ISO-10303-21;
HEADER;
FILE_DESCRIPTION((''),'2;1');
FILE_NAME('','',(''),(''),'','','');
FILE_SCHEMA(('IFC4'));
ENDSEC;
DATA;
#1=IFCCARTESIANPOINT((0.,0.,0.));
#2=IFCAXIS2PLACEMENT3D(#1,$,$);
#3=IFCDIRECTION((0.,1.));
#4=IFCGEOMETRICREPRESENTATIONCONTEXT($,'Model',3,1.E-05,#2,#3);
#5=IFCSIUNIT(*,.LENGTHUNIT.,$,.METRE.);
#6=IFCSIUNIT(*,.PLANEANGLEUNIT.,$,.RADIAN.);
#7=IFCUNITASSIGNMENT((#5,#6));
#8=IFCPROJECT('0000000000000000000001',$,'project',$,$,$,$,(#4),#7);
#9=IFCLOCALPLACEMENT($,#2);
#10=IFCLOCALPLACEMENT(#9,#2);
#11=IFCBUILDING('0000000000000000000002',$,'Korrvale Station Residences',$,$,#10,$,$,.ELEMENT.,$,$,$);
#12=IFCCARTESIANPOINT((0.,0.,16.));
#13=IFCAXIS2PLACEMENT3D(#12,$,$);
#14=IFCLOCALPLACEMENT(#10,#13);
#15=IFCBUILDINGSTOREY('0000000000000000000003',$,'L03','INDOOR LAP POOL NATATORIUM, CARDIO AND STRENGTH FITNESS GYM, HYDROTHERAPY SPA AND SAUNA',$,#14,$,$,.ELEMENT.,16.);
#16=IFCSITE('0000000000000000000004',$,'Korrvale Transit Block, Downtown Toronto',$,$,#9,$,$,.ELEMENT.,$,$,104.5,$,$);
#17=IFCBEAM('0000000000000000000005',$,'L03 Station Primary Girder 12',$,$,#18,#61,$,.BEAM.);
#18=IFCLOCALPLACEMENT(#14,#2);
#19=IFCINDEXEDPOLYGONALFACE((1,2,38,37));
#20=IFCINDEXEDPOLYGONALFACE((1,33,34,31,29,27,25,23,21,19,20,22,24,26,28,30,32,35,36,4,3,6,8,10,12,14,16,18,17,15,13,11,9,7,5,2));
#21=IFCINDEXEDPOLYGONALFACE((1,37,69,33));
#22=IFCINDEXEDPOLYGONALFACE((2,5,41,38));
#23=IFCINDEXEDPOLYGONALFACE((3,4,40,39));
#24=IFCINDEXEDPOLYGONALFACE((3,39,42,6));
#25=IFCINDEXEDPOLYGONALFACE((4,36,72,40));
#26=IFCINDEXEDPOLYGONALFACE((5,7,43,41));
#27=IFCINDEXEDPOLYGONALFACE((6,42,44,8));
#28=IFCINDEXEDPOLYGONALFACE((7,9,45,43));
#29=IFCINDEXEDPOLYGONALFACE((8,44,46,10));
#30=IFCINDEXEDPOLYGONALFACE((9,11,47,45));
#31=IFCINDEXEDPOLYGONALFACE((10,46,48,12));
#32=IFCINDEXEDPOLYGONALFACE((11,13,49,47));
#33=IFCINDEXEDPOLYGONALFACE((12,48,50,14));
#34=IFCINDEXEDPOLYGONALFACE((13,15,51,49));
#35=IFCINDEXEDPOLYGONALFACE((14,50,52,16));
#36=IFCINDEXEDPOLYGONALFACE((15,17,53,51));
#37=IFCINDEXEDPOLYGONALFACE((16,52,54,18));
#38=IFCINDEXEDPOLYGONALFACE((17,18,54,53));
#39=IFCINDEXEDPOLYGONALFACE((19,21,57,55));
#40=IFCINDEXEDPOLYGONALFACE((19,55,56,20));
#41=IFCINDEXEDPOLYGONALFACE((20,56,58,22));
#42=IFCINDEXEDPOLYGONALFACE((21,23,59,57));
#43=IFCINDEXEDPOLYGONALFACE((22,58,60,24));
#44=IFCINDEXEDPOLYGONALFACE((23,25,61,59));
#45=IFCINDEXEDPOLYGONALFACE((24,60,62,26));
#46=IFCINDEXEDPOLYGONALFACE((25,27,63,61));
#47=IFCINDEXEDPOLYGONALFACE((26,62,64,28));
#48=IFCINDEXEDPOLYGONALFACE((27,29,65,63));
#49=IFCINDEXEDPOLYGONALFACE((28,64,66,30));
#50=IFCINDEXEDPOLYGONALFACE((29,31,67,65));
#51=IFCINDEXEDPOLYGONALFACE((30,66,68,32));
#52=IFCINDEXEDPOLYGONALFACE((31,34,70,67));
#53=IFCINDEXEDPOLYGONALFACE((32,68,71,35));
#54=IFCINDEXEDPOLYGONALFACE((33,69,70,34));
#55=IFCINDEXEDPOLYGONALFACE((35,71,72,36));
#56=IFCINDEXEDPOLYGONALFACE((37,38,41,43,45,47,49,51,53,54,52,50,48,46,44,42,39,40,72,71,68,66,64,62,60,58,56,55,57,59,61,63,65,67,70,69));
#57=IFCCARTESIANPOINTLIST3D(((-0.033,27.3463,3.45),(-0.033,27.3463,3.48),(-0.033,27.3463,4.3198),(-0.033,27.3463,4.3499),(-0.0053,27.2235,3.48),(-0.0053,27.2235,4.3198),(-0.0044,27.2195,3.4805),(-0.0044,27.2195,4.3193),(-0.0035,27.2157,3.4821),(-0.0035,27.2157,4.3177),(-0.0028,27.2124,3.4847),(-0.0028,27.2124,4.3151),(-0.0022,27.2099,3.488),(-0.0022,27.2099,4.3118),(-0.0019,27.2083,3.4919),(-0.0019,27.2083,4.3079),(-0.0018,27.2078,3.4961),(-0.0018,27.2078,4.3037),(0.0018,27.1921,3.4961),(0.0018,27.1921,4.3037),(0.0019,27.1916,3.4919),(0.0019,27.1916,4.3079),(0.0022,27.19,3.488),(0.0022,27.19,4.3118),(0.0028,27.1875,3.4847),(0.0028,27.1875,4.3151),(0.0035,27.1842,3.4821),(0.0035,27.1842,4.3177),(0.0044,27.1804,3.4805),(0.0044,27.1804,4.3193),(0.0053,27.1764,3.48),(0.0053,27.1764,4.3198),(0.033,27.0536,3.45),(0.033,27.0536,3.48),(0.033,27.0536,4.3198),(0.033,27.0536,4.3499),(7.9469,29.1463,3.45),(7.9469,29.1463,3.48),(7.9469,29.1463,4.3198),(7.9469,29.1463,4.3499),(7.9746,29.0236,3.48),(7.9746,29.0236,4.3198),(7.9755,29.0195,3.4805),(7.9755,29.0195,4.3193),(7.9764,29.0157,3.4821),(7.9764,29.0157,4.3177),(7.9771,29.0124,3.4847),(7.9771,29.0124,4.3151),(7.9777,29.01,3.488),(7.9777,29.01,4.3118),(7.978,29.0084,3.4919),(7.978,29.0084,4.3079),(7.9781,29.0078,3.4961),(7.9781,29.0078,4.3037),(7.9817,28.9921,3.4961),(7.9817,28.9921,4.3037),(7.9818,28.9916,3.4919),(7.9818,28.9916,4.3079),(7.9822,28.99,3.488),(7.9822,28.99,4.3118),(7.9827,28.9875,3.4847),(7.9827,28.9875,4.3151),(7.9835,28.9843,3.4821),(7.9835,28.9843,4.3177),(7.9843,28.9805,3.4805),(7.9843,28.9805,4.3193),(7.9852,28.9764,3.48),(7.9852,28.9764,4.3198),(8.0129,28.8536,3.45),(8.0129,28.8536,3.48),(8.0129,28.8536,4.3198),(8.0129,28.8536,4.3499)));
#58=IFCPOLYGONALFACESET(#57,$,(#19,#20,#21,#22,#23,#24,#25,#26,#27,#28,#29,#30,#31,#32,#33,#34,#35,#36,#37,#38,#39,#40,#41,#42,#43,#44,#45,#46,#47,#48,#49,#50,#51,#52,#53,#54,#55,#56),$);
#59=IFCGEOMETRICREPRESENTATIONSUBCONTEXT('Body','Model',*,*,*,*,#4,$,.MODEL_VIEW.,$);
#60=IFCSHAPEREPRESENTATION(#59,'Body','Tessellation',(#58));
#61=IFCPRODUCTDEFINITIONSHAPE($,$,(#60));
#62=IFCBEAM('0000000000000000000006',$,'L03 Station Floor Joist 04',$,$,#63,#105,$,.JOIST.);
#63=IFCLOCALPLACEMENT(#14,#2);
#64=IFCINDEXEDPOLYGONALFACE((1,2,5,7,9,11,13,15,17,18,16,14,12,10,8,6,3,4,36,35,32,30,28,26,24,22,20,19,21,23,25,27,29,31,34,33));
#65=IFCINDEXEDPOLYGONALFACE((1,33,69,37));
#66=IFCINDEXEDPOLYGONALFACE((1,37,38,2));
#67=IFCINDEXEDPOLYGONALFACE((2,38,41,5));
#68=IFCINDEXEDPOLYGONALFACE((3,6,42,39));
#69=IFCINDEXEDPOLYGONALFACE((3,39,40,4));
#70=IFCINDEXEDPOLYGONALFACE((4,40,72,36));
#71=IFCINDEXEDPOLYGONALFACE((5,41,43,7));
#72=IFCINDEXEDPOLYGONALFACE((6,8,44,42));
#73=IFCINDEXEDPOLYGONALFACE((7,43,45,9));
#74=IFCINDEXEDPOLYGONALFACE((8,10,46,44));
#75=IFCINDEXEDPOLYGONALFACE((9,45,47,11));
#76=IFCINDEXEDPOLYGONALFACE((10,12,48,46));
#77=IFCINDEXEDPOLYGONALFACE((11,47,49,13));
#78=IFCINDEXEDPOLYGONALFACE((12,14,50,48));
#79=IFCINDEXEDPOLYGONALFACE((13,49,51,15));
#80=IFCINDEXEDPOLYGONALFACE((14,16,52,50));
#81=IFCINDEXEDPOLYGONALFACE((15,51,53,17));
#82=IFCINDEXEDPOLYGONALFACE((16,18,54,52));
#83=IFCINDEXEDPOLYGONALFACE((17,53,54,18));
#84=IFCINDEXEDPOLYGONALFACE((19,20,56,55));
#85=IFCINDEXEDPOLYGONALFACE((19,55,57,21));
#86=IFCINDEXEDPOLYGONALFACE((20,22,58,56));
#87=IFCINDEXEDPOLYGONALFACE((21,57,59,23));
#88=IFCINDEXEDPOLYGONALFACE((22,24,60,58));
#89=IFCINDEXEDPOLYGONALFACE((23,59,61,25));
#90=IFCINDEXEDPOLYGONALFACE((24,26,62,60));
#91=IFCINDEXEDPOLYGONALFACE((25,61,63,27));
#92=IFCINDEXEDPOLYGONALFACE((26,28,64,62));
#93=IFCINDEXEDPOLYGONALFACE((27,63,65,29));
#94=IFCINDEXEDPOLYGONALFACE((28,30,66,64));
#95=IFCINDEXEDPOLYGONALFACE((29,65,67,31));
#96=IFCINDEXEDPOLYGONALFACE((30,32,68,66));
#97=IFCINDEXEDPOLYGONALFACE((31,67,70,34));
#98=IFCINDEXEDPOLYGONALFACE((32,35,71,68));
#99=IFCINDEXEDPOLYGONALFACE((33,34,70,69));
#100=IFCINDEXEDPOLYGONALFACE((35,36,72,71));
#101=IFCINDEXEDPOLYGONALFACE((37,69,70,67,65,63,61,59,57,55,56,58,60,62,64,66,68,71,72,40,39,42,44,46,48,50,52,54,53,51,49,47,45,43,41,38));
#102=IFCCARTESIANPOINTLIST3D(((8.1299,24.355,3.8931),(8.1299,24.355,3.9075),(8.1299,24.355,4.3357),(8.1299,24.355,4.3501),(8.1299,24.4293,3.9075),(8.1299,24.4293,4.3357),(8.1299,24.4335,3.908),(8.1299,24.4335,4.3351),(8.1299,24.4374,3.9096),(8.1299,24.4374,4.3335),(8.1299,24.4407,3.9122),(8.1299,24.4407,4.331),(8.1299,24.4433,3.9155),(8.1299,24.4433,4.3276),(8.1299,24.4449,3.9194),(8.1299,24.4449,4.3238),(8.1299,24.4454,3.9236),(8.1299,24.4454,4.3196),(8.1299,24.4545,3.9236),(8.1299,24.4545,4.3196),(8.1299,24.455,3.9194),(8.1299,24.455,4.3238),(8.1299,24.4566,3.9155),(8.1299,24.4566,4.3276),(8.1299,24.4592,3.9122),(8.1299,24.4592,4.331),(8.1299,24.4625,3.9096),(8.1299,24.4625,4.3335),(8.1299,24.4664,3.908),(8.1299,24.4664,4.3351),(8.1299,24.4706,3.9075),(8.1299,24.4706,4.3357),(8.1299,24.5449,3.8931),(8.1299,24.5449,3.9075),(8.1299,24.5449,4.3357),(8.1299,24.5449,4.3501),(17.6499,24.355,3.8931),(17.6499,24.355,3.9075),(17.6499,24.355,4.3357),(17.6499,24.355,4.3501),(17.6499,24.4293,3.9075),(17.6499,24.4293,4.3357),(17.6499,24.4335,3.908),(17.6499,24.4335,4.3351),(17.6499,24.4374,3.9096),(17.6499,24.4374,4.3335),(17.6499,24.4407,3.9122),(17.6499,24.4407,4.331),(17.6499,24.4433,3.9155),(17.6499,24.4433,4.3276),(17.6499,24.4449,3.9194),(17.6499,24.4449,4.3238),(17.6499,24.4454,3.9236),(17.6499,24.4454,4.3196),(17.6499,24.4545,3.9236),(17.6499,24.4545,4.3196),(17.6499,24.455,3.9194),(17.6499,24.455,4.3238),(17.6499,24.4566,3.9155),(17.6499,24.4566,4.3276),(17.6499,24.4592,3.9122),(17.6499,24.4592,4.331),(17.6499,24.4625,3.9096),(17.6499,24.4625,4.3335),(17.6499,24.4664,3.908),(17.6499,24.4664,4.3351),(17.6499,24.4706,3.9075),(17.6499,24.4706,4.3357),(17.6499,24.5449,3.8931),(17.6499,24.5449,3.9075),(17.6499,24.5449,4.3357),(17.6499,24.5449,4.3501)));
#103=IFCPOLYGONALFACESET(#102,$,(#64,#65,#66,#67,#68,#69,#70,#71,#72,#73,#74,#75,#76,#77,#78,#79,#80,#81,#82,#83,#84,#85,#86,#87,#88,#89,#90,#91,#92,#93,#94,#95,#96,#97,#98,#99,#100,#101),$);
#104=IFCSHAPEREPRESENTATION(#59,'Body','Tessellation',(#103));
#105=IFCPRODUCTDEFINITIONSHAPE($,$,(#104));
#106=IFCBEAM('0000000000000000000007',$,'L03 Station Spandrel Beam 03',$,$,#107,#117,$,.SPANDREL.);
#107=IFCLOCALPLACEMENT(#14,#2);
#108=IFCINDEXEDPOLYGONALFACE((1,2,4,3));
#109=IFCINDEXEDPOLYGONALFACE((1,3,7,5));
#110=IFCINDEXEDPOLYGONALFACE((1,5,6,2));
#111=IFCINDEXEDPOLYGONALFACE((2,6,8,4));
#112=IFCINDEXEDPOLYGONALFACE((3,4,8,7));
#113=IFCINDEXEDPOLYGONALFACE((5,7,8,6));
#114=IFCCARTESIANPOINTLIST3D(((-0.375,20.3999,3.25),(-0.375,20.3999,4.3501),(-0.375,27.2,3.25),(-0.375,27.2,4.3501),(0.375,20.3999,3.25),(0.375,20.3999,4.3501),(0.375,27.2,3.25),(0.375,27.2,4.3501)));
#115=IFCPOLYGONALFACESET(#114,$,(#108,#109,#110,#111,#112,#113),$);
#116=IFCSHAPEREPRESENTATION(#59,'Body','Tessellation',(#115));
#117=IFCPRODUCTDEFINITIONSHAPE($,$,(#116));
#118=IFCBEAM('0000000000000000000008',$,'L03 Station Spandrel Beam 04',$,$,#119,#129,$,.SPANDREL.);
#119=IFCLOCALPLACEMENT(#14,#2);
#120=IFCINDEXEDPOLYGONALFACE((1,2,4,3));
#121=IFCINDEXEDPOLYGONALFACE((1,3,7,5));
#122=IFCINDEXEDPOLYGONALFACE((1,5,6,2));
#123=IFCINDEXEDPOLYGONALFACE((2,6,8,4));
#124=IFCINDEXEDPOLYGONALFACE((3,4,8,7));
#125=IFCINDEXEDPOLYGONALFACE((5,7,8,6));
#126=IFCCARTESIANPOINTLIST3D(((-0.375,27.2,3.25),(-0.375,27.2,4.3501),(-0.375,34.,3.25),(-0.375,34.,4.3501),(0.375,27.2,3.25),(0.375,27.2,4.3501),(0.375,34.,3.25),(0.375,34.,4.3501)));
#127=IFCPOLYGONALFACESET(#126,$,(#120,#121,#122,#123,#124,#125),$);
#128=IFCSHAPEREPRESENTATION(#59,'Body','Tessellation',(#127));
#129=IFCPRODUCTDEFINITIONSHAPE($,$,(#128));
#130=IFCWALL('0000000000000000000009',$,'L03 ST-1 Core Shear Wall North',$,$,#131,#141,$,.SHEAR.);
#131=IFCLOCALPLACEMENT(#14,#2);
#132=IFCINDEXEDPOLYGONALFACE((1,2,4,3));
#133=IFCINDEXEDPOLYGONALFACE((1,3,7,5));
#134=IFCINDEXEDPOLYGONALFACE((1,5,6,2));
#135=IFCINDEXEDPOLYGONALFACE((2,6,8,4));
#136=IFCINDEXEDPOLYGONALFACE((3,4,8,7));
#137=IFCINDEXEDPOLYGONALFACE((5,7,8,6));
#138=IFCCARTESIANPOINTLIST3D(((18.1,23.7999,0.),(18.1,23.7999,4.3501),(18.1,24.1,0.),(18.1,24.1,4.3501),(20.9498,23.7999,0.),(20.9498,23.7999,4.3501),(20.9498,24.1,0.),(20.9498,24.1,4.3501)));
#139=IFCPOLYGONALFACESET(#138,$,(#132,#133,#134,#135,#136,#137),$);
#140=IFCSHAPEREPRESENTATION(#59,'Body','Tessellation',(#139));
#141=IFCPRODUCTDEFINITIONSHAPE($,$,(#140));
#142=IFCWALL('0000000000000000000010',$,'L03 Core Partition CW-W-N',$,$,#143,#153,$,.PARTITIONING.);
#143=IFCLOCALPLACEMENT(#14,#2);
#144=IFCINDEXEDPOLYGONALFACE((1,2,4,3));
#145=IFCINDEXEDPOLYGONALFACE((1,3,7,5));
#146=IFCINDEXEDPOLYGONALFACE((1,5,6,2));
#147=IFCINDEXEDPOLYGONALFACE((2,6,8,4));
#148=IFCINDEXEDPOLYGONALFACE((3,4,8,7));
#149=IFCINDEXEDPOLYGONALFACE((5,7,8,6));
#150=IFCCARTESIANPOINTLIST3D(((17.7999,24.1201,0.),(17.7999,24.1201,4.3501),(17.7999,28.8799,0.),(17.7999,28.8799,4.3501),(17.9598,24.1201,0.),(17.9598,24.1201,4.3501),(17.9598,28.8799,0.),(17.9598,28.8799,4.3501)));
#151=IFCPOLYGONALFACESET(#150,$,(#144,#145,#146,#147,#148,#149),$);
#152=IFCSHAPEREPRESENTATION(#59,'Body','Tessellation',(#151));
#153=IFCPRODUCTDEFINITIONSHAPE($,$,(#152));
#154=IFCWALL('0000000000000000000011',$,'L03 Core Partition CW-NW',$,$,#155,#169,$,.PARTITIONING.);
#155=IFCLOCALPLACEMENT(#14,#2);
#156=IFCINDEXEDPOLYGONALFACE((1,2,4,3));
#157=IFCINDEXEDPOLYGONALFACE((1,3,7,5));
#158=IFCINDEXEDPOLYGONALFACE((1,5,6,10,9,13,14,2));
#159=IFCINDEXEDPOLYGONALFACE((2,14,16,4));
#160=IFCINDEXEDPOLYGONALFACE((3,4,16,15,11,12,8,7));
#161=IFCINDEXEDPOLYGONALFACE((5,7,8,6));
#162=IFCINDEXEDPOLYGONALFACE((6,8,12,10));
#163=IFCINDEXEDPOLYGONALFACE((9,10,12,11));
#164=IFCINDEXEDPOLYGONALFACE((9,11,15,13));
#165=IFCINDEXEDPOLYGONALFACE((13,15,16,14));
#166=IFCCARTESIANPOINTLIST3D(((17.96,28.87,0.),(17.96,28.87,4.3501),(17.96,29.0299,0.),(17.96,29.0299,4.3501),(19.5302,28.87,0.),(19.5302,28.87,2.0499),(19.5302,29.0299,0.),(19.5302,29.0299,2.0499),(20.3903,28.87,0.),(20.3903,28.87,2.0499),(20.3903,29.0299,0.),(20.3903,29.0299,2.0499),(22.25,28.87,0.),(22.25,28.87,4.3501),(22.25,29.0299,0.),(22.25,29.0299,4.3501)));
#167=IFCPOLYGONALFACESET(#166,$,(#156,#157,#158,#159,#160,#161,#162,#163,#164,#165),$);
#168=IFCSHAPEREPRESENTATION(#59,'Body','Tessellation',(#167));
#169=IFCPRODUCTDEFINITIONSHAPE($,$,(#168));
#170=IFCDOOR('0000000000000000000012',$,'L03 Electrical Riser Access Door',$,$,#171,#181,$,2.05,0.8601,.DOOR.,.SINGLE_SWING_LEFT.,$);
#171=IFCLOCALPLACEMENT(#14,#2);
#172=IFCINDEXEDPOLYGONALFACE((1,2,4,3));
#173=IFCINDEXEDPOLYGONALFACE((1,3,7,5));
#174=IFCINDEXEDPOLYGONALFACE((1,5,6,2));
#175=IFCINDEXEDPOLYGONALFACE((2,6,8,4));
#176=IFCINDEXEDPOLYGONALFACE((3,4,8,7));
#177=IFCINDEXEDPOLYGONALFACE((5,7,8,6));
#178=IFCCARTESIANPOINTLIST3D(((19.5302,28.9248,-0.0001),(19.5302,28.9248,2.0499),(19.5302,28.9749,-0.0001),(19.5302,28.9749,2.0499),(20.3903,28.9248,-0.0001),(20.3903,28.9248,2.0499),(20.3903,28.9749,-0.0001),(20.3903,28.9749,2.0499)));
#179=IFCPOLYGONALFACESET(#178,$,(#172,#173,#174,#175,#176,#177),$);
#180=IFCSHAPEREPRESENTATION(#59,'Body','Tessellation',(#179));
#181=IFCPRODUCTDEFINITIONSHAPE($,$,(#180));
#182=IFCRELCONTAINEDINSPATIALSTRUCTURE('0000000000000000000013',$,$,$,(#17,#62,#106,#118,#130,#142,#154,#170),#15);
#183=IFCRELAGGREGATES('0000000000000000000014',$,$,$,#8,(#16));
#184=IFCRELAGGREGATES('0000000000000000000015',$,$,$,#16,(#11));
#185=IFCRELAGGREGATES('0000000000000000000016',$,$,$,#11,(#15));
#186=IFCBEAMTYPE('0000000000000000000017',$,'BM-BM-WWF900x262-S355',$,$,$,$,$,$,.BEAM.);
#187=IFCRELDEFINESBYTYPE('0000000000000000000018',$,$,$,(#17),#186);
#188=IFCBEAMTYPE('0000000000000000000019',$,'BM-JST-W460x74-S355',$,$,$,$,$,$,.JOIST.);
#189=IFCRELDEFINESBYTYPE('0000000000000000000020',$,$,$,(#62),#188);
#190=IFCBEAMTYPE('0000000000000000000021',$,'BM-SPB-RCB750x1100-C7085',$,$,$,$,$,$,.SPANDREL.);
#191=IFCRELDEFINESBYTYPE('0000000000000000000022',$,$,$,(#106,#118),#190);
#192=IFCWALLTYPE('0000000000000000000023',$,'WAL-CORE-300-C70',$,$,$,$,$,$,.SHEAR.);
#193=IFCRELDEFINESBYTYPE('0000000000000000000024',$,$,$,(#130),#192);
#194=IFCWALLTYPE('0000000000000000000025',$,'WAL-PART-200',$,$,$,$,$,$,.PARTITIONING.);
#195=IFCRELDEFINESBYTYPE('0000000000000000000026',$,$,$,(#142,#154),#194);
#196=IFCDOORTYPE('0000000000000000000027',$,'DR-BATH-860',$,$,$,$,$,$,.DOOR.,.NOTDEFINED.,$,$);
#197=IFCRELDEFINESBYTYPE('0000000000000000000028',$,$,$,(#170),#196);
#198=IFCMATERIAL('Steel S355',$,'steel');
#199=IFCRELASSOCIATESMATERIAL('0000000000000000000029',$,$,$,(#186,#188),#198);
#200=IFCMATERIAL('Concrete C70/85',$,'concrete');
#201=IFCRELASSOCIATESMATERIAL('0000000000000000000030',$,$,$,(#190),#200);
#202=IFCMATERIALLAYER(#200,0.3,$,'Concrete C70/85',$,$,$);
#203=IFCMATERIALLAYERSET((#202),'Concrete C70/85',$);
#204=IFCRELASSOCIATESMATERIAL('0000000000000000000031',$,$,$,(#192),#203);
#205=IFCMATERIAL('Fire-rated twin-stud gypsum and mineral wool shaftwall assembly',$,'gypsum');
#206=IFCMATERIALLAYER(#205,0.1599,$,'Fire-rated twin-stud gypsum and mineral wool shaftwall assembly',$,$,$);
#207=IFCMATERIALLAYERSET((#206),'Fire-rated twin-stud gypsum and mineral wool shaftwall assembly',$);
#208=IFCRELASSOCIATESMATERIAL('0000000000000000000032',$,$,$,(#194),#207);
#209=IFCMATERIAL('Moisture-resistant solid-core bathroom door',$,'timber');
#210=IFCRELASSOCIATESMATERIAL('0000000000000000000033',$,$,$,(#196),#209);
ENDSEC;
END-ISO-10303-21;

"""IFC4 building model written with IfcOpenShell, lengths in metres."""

from ifc_helpers import new_model, si_unit, direction, frame, frame_2d, origin, origin_2d, place, context, subcontext, project, spatial, rectangle, i_section, extrude, material, layer, layer_set, material_profile, profile_set, type_object, element, fill, save


model = new_model("IFC4")

# Units and contexts
model_context = context("Model", 3, precision=1e-05, world=origin(), true_north=direction((0.0, 1.0)))
body_context = subcontext(model_context, "Body", "Model", "MODEL_VIEW")
ifc_project = project(units=[si_unit("LENGTHUNIT", "METRE"), si_unit("PLANEANGLEUNIT", "RADIAN")], contexts=[model_context])

# Site, building, storey
site_placement = place(None, origin())
site = spatial("IfcSite", under=ifc_project, at=site_placement, Name="Korrvale Transit Block, Downtown Toronto", CompositionType="ELEMENT", RefElevation=104.5)
building_placement = place(site_placement, origin())
building = spatial("IfcBuilding", under=site, at=building_placement, Name="Korrvale Station Residences", CompositionType="ELEMENT")
storey_placement = place(building_placement, frame((0.0, 0.0, 16.0)))
storey = spatial("IfcBuildingStorey", under=building, at=storey_placement, Name="L03", Description="INDOOR LAP POOL NATATORIUM, CARDIO AND STRENGTH FITNESS GYM, HYDROTHERAPY SPA AND SAUNA", CompositionType="ELEMENT", Elevation=16.0)

# Shared definitions
ifc_material_1 = material(Name="Concrete C70/85", Category="concrete")

# Beams
ifc_material_2 = material(Name="Steel S355", Category="steel")
ifc_material_profile_1 = material_profile(ifc_material_2, i_section(OverallWidth=0.3, OverallDepth=0.8999, WebThickness=0.0161, FlangeThickness=0.03, FilletRadius=0.0161, at=origin_2d()), Name="WWF900x262")
ifc_profile_set_1 = profile_set([ifc_material_profile_1], Name="Steel S355")
beam_type_1 = type_object("IfcBeamType", Name="BM-BM-WWF900x262-S355", PredefinedType="BEAM", material=ifc_profile_set_1)
beam_1_placement = place(storey_placement, frame((0.0, 27.2, 3.8999), z_axis=(0.97549, 0.220042, 0.0), x_axis=(-0.220042, 0.97549, 0.0)))
element("IfcBeam", 1, at=beam_1_placement, inside=storey, type_object=beam_type_1, Name="L03 Station Primary Girder 12", PredefinedType="BEAM", context=body_context, shape_type="SweptSolid", body=[
    extrude(i_section(OverallWidth=0.3, OverallDepth=0.8999, WebThickness=0.0161, FlangeThickness=0.03, FilletRadius=0.0161, at=origin_2d()), origin(), (0.0, 0.0, 1.0), 8.1804),
])
ifc_material_profile_2 = material_profile(ifc_material_2, i_section(OverallWidth=0.1899, OverallDepth=0.457, WebThickness=0.009, FlangeThickness=0.0144, FilletRadius=0.0161, at=origin_2d()), Name="W460x74")
ifc_profile_set_2 = profile_set([ifc_material_profile_2], Name="Steel S355")
beam_type_2 = type_object("IfcBeamType", Name="BM-JST-W460x74-S355", PredefinedType="JOIST", material=ifc_profile_set_2)
beam_2_placement = place(storey_placement, frame((8.1299, 24.45, 4.1216), z_axis=(1.0, 0.0, 0.0), x_axis=(0.0, 1.0, 0.0)))
element("IfcBeam", 2, at=beam_2_placement, inside=storey, type_object=beam_type_2, Name="L03 Station Floor Joist 04", PredefinedType="JOIST", context=body_context, shape_type="SweptSolid", body=[
    extrude(i_section(OverallWidth=0.1899, OverallDepth=0.457, WebThickness=0.009, FlangeThickness=0.0144, FilletRadius=0.0161, at=origin_2d()), origin(), (0.0, 0.0, 1.0), 9.52),
])
ifc_material_profile_3 = material_profile(ifc_material_1, rectangle(XDim=0.75, YDim=1.1001, at=origin_2d()), Name="RCB750x1100")
ifc_profile_set_3 = profile_set([ifc_material_profile_3], Name="Concrete C70/85")
beam_type_3 = type_object("IfcBeamType", Name="BM-SPB-RCB750x1100-C7085", PredefinedType="SPANDREL", material=ifc_profile_set_3)
for number, where, z_axis, x_axis, name in (
    (3, (0.0, 20.3999, 3.8), (0.0, 1.0, 0.0), (-1.0, 0.0, 0.0), "L03 Station Spandrel Beam 03"),
    (4, (0.0, 27.2, 3.8), (0.0, 1.0, 0.0), (-1.0, 0.0, 0.0), "L03 Station Spandrel Beam 04"),
):
    element("IfcBeam", number, at=place(storey_placement, frame(where, z_axis=z_axis, x_axis=x_axis)), inside=storey, type_object=beam_type_3, Name=name, PredefinedType="SPANDREL", context=body_context, shape_type="SweptSolid", body=[
        extrude(rectangle(XDim=0.75, YDim=1.1001, at=origin_2d()), origin(), (0.0, 0.0, 1.0), 6.8),
    ])

# Walls
ifc_layer_1 = layer(ifc_material_1, 0.3, Name="Concrete C70/85")
ifc_layer_set_1 = layer_set([ifc_layer_1], Name="Concrete C70/85")
wall_type_1 = type_object("IfcWallType", Name="WAL-CORE-300-C70", PredefinedType="SHEAR", material=ifc_layer_set_1)
wall_1_placement = place(storey_placement, frame((18.1001, 23.95, 0.0), z_axis=(0.0, 0.0, 1.0), x_axis=(1.0, 0.0, 0.0)))
element("IfcWall", 5, at=wall_1_placement, inside=storey, type_object=wall_type_1, Name="L03 ST-1 Core Shear Wall North", PredefinedType="SHEAR", context=body_context, shape_type="SweptSolid", body=[
    extrude(rectangle(XDim=2.8499, YDim=0.3, at=frame_2d((1.4248, 0.0))), origin(), (0.0, 0.0, 1.0), 4.3501),
])
ifc_material_3 = material(Name="Fire-rated twin-stud gypsum and mineral wool shaftwall assembly", Category="gypsum")
ifc_layer_2 = layer(ifc_material_3, 0.1599, Name="Fire-rated twin-stud gypsum and mineral wool shaftwall assembly")
ifc_layer_set_2 = layer_set([ifc_layer_2], Name="Fire-rated twin-stud gypsum and mineral wool shaftwall assembly")
wall_type_2 = type_object("IfcWallType", Name="WAL-PART-200", PredefinedType="PARTITIONING", material=ifc_layer_set_2)
wall_2_placement = place(storey_placement, frame((17.8799, 24.1201, 0.0), z_axis=(0.0, 0.0, 1.0), x_axis=(0.0, 1.0, 0.0)))
element("IfcWall", 6, at=wall_2_placement, inside=storey, type_object=wall_type_2, Name="L03 Core Partition CW-W-N", PredefinedType="PARTITIONING", context=body_context, shape_type="SweptSolid", body=[
    extrude(rectangle(XDim=4.7598, YDim=0.1599, at=frame_2d((2.3799, 0.0))), origin(), (0.0, 0.0, 1.0), 4.3501),
])

# Wall, opening, door
wall_3_placement = place(storey_placement, frame((17.96, 28.95, 0.0), z_axis=(0.0, 0.0, 1.0), x_axis=(1.0, 0.0, 0.0)))
wall_3 = element("IfcWall", 7, at=wall_3_placement, inside=storey, type_object=wall_type_2, Name="L03 Core Partition CW-NW", PredefinedType="PARTITIONING", context=body_context, shape_type="SweptSolid", body=[
    extrude(rectangle(XDim=4.29, YDim=0.1599, at=frame_2d((2.145, 0.0))), origin(), (0.0, 0.0, 1.0), 4.3501),
])
opening_placement = place(wall_3_placement, frame((1.5701, 0.0, 0.0)))
opening = element("IfcOpeningElement", 8, at=opening_placement, cuts=wall_3, PredefinedType="OPENING", context=body_context, shape_type="SweptSolid", body=[
    extrude(rectangle(XDim=0.8601, YDim=2.05, at=frame_2d((0.4302, 1.0249))), frame((0.0, 0.0898, 0.0), z_axis=(0.0, -1.0, 0.0), x_axis=(1.0, 0.0, 0.0)), (0.0, 0.0, 1.0), 0.1799),
])
ifc_material_4 = material(Name="Moisture-resistant solid-core bathroom door", Category="timber")
door_type = type_object("IfcDoorType", Name="DR-BATH-860", OperationType="NOTDEFINED", PredefinedType="DOOR", material=ifc_material_4)
door_placement = place(opening_placement, origin())
door = element("IfcDoor", 9, at=door_placement, inside=storey, type_object=door_type, Name="L03 Electrical Riser Access Door", OperationType="SINGLE_SWING_LEFT", OverallHeight=2.05, OverallWidth=0.8601, PredefinedType="DOOR", context=body_context, shape_type="SweptSolid", body=[
    extrude(rectangle(XDim=0.8601, YDim=2.05, at=frame_2d((0.4302, 1.0249))), frame((0.0, 0.0249, 0.0), z_axis=(0.0, -1.0, 0.0), x_axis=(1.0, 0.0, 0.0)), (0.0, 0.0, 1.0), 0.05),
])
fill(opening, door)

save(model, "model.ifc")
